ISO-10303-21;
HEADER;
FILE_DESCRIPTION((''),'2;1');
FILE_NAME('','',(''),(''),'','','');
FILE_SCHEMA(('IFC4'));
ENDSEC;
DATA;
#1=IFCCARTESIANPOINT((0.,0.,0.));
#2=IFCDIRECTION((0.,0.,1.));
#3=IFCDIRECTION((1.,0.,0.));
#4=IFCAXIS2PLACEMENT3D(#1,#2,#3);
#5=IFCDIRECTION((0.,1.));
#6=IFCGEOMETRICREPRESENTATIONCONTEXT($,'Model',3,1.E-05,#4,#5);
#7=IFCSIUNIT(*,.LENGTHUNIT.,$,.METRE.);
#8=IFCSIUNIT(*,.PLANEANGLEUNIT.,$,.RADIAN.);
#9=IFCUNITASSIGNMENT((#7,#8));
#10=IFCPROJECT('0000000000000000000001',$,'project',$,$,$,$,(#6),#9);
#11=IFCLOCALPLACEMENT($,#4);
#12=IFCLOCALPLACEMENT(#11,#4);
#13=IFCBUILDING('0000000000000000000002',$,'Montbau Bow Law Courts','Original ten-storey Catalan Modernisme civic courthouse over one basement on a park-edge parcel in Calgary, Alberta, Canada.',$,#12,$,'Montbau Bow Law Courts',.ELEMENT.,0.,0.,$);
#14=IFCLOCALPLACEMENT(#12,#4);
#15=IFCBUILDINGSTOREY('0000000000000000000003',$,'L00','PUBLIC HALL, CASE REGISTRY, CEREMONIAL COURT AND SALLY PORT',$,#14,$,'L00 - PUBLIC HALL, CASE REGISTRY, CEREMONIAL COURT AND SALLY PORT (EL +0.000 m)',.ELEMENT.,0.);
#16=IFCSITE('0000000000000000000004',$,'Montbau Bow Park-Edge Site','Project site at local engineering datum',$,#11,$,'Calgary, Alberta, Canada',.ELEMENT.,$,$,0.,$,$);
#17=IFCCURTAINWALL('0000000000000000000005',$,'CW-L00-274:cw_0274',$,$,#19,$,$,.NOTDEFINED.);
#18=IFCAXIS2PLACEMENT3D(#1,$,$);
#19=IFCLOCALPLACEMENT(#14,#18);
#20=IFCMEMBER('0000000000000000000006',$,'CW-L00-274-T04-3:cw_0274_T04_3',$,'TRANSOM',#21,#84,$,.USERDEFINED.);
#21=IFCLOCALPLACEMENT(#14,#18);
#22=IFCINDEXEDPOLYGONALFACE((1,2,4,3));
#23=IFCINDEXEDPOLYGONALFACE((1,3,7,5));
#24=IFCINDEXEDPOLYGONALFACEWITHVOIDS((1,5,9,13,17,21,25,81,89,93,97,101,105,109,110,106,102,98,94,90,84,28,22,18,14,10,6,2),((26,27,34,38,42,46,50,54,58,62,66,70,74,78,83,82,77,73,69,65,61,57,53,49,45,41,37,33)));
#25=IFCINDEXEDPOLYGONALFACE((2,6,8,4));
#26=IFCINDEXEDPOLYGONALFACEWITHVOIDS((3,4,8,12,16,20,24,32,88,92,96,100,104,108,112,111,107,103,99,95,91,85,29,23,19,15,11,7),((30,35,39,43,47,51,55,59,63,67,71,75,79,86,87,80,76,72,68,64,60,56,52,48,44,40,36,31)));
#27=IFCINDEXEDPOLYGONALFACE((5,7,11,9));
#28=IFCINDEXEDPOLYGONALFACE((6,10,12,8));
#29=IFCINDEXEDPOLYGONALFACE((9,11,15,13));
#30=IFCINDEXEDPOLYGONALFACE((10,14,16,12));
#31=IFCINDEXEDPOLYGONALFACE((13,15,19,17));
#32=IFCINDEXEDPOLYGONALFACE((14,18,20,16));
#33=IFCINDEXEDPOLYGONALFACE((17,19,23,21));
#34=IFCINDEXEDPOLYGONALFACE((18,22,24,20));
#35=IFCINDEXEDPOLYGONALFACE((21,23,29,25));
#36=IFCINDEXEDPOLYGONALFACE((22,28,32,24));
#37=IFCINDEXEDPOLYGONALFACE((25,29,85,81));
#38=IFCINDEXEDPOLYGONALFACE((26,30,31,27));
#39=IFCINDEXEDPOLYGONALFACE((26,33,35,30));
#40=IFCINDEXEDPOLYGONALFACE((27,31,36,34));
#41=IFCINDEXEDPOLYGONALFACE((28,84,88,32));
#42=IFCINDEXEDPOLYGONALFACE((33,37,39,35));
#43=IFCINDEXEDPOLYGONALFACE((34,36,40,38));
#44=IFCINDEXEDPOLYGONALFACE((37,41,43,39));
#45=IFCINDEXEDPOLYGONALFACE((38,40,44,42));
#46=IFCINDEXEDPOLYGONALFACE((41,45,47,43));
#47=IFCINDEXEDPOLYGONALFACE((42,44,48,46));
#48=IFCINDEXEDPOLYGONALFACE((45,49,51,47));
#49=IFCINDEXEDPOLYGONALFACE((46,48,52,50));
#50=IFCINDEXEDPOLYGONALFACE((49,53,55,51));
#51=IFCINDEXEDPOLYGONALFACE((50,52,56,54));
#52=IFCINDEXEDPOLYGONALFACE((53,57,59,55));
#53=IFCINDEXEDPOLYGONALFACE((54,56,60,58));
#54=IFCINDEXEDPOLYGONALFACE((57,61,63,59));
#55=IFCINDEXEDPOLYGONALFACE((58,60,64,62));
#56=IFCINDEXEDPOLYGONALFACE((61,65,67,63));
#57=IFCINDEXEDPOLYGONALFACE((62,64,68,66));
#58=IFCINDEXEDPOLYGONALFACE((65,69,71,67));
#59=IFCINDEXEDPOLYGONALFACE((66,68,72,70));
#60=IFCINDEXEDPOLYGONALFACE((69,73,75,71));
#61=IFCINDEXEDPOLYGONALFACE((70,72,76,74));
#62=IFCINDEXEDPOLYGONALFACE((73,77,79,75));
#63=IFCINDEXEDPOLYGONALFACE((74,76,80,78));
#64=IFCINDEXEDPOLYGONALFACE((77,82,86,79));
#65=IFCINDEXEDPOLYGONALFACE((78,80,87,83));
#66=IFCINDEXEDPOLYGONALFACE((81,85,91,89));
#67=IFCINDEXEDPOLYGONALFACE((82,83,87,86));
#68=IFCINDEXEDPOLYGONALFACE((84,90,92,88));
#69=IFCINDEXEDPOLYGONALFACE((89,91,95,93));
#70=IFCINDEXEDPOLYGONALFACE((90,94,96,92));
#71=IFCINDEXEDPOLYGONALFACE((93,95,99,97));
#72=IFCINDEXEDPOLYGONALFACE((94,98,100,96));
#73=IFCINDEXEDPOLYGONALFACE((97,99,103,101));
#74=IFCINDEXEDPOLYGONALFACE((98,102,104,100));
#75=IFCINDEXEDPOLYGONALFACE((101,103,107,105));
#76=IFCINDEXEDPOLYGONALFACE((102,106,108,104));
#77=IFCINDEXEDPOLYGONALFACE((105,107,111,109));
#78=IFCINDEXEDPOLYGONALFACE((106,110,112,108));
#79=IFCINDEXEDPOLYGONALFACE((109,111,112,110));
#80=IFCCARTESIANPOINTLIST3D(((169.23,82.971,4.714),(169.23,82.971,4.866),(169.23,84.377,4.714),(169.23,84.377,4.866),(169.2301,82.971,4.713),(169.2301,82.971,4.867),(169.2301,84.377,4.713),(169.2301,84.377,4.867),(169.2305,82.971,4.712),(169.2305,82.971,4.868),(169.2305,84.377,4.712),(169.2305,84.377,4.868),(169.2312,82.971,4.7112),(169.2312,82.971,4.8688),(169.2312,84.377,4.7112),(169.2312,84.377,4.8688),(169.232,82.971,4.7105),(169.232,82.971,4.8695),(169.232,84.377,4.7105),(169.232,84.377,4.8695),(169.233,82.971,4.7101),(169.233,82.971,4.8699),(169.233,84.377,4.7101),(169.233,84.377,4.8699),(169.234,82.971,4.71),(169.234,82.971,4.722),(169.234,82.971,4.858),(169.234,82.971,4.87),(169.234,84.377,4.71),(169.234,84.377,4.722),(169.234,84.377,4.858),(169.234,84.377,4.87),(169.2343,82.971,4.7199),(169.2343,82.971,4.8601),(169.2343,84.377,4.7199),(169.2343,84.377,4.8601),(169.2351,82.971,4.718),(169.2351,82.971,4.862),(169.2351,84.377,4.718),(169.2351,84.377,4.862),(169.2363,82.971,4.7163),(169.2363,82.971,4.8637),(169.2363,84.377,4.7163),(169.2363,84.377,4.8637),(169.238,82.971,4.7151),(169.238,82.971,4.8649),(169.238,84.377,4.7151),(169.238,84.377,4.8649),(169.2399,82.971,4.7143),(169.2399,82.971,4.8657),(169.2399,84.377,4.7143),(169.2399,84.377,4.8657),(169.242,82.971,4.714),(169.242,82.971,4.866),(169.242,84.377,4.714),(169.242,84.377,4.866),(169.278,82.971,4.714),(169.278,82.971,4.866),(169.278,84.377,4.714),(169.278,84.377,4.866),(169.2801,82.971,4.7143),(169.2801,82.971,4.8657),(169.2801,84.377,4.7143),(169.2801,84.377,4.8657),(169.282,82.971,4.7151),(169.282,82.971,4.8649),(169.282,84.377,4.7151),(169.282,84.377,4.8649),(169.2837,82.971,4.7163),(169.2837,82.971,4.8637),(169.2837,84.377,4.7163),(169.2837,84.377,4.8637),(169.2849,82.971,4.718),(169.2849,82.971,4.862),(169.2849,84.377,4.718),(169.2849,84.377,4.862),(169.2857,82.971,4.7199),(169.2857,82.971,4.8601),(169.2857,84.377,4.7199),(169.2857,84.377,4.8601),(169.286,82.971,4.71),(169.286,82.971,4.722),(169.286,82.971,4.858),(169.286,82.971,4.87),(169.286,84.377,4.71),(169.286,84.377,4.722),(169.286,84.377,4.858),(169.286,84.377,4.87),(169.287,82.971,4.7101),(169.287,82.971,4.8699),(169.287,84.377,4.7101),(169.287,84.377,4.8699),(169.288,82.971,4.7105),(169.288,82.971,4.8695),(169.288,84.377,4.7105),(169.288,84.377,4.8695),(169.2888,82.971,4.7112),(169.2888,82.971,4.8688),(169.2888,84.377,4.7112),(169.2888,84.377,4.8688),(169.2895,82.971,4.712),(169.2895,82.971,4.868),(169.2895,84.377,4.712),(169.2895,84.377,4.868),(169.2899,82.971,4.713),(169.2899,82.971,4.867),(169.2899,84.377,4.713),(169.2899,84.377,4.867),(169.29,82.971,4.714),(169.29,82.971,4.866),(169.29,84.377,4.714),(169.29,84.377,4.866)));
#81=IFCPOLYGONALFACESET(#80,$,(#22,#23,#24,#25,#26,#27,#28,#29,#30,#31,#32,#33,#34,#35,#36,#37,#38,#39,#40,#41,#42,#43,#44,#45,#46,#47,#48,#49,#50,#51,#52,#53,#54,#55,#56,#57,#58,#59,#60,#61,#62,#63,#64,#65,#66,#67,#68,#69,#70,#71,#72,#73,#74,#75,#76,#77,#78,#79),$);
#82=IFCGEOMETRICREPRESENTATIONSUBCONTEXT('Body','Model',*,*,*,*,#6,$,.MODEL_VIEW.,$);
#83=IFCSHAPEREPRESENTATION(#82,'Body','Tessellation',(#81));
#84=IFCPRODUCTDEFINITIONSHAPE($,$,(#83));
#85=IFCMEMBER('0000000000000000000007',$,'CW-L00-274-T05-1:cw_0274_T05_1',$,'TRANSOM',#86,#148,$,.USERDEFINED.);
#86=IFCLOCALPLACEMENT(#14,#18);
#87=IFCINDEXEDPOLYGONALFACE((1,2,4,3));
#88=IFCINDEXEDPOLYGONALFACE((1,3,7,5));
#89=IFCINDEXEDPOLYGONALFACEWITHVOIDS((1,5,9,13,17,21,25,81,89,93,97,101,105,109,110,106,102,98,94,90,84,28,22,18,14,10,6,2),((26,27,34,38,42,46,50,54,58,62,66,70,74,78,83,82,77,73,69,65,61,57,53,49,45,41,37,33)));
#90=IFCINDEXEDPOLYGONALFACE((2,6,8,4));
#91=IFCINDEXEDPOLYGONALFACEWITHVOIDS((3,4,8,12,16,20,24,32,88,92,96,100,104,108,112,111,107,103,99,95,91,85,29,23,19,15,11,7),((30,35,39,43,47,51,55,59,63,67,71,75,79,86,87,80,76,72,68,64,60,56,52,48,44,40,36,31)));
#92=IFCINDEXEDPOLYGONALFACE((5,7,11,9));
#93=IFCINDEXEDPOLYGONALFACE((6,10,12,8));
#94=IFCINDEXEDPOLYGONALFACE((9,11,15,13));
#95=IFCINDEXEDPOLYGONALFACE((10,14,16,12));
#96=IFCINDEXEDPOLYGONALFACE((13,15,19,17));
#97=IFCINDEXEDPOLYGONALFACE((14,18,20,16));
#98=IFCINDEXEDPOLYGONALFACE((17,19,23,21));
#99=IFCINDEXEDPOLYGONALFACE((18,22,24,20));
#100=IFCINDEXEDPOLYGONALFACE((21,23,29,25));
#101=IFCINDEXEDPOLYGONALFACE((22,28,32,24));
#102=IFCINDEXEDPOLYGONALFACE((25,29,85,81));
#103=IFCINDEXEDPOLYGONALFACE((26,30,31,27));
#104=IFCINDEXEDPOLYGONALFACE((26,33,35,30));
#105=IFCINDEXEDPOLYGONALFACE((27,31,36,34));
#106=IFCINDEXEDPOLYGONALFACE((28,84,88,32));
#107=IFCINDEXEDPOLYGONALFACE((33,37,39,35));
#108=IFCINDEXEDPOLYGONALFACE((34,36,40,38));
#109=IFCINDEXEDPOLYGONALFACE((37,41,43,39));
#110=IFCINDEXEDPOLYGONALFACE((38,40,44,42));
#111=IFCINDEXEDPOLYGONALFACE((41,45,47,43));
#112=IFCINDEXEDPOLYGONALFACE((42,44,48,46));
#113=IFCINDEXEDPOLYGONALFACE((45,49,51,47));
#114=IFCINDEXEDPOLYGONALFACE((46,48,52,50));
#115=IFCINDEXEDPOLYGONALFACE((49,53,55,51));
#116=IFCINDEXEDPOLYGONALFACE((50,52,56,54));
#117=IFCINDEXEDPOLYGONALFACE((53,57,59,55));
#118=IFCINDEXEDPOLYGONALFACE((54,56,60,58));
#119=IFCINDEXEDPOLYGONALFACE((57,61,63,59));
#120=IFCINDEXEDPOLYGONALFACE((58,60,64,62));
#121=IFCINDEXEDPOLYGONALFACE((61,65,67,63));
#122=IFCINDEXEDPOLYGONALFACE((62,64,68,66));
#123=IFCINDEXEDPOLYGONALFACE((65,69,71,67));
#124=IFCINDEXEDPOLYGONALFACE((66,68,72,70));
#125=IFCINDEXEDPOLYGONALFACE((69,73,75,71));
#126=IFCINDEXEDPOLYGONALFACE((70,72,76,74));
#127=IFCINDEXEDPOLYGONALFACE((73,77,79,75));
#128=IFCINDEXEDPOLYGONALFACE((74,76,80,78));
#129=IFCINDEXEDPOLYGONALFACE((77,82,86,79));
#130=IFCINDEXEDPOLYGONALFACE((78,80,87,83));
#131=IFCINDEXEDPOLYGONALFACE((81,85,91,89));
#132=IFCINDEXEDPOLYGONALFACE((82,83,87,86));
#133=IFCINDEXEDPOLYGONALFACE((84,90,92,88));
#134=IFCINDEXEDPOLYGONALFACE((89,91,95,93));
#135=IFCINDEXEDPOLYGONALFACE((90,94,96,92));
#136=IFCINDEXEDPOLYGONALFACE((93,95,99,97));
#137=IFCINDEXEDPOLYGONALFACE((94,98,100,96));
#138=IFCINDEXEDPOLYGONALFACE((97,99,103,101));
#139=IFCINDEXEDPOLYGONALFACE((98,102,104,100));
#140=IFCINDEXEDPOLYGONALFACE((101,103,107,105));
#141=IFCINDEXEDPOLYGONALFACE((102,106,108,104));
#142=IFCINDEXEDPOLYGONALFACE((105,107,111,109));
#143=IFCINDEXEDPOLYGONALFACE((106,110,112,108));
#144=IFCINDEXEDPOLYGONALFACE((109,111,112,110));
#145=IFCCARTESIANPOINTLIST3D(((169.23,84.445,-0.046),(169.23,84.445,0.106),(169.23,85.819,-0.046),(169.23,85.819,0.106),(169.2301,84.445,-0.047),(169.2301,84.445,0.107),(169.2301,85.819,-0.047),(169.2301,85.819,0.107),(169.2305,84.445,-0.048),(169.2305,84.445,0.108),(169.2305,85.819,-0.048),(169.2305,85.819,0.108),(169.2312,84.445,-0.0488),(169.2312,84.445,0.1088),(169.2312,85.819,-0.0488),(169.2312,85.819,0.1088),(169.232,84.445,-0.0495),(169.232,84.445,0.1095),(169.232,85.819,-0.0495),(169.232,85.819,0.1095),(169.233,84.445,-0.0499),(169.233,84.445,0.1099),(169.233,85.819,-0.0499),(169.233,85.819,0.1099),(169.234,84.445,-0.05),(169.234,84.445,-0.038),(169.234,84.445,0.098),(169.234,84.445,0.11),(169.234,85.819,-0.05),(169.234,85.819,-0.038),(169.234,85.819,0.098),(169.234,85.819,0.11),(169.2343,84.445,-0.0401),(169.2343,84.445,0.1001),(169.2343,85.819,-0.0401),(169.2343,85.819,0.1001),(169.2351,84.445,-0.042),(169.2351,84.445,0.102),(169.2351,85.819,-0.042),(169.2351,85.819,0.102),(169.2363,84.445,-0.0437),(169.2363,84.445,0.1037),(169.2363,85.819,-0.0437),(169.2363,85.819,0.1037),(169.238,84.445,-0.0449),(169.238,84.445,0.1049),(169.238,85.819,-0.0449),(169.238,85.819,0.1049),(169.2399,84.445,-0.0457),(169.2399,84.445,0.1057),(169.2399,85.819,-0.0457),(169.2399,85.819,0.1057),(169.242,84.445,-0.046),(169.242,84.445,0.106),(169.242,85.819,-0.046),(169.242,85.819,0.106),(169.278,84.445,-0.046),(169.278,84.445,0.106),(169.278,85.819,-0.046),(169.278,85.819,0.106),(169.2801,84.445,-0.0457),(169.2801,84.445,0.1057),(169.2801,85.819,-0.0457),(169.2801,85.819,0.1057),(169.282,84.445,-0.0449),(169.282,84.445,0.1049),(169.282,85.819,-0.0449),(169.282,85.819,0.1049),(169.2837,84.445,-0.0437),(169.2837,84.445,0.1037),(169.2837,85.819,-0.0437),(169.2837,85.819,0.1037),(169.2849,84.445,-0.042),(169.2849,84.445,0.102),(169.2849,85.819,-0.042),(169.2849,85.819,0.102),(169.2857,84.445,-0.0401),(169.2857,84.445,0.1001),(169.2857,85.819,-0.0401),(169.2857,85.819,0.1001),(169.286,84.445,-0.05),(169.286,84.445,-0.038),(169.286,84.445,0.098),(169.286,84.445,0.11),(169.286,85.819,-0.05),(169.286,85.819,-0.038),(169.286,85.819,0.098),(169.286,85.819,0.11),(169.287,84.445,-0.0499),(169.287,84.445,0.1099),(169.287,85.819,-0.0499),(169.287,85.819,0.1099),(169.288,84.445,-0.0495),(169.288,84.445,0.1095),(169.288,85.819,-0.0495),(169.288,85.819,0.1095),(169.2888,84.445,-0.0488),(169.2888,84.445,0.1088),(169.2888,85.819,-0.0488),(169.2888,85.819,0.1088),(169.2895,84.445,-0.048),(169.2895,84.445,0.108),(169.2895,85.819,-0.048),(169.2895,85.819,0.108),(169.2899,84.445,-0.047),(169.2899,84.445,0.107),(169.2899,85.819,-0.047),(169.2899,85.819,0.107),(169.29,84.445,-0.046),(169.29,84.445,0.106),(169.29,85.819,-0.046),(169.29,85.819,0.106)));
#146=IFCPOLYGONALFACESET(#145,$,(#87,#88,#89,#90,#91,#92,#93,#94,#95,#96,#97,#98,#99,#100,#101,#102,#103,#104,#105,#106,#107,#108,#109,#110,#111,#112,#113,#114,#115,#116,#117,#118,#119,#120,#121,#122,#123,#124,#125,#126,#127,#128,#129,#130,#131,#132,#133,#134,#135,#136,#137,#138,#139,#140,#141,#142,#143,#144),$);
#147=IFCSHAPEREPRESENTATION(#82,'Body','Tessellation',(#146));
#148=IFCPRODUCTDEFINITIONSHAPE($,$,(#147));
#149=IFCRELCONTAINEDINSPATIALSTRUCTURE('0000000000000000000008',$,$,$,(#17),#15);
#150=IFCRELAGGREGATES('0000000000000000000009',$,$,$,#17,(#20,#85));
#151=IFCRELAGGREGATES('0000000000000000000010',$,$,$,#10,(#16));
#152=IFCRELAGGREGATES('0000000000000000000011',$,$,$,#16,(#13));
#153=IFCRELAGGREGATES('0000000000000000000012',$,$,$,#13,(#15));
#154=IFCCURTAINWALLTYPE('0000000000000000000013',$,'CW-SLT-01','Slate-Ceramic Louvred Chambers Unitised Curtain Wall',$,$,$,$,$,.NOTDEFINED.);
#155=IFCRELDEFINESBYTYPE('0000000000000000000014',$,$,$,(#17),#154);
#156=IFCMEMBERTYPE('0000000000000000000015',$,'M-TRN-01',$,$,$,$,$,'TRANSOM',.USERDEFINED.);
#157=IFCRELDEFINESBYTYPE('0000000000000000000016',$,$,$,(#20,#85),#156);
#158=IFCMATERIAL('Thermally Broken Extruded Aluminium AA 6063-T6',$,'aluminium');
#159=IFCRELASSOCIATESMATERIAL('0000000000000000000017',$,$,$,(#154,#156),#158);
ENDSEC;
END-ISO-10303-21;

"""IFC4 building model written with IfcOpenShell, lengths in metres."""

from ifc_helpers import new_model, si_unit, direction, frame, origin_with_axes, origin_2d_with_axis, place, context, subcontext, project, spatial, hollow_rectangle, extrude, material, material_profile, profile_set, type_object, element, aggregate, save


model = new_model("IFC4")

# Units and contexts
model_context = context("Model", 3, precision=1e-05, world=origin_with_axes(), true_north=direction((0.0, 1.0)))
body_context = subcontext(model_context, "Body", "Model", "MODEL_VIEW")
ifc_project = project(units=[si_unit("LENGTHUNIT", "METRE"), si_unit("PLANEANGLEUNIT", "RADIAN")], contexts=[model_context])

# Site, building, storey
site_placement = place(None, origin_with_axes())
site = spatial("IfcSite", under=ifc_project, at=site_placement, Name="Montbau Bow Park-Edge Site", Description="Project site at local engineering datum", LongName="Calgary, Alberta, Canada", CompositionType="ELEMENT", RefElevation=0.0)
building_placement = place(site_placement, origin_with_axes())
building = spatial("IfcBuilding", under=site, at=building_placement, Name="Montbau Bow Law Courts", Description="Original ten-storey Catalan Modernisme civic courthouse over one basement on a park-edge parcel in Calgary, Alberta, Canada.", LongName="Montbau Bow Law Courts", CompositionType="ELEMENT", ElevationOfRefHeight=0.0, ElevationOfTerrain=0.0)
storey_placement = place(building_placement, origin_with_axes())
storey = spatial("IfcBuildingStorey", under=building, at=storey_placement, Name="L00", Description="PUBLIC HALL, CASE REGISTRY, CEREMONIAL COURT AND SALLY PORT", LongName="L00 - PUBLIC HALL, CASE REGISTRY, CEREMONIAL COURT AND SALLY PORT (EL +0.000 m)", CompositionType="ELEMENT", Elevation=0.0)

# Curtain wall, members
ifc_material_1 = material(Name="Thermally Broken Extruded Aluminium AA 6063-T6", Category="aluminium")
curtain_wall_type = type_object("IfcCurtainWallType", Name="CW-SLT-01", Description="Slate-Ceramic Louvred Chambers Unitised Curtain Wall", PredefinedType="NOTDEFINED", material=ifc_material_1)
curtain_wall_placement = place(None, frame((169.26, 78.515, 0.0), z_axis=(0.0, 0.0, 1.0), x_axis=(1.0, 0.0, 0.0)))
curtain_wall = element("IfcCurtainWall", 1, at=curtain_wall_placement, inside=storey, type_object=curtain_wall_type, Name="CW-L00-274:cw_0274", PredefinedType="NOTDEFINED")
ifc_material_profile_1 = material_profile(ifc_material_1, hollow_rectangle(XDim=0.06, YDim=0.16, WallThickness=0.004, InnerFilletRadius=0.008, OuterFilletRadius=0.004, at=origin_2d_with_axis()), Name="CWT-160X60", Category="Main", Priority=0)
ifc_profile_set_1 = profile_set([ifc_material_profile_1], Name="Thermally Broken Extruded Aluminium AA 6063-T6")
member_type_1 = type_object("IfcMemberType", Name="M-TRN-01", ElementType="TRANSOM", PredefinedType="USERDEFINED", material=ifc_profile_set_1)
member_1_placement = place(None, frame((169.26, 82.971, 4.79), z_axis=(0.0, 1.0, 0.0), x_axis=(-1.0, 0.0, 0.0)))
member_1 = element("IfcMember", 2, at=member_1_placement, type_object=member_type_1, Name="CW-L00-274-T04-3:cw_0274_T04_3", ObjectType="TRANSOM", PredefinedType="USERDEFINED", context=body_context, shape_type="SweptSolid", body=[
    extrude(hollow_rectangle(XDim=0.06, YDim=0.16, WallThickness=0.004, InnerFilletRadius=0.008, OuterFilletRadius=0.004, at=origin_2d_with_axis()), origin_with_axes(), (0.0, 0.0, 1.0), 1.406),
])
member_2_placement = place(None, frame((169.26, 84.445, 0.03), z_axis=(0.0, 1.0, 0.0), x_axis=(-1.0, 0.0, 0.0)))
member_2 = element("IfcMember", 3, at=member_2_placement, type_object=member_type_1, Name="CW-L00-274-T05-1:cw_0274_T05_1", ObjectType="TRANSOM", PredefinedType="USERDEFINED", context=body_context, shape_type="SweptSolid", body=[
    extrude(hollow_rectangle(XDim=0.06, YDim=0.16, WallThickness=0.004, InnerFilletRadius=0.008, OuterFilletRadius=0.004, at=origin_2d_with_axis()), origin_with_axes(), (0.0, 0.0, 1.0), 1.374),
])
aggregate(curtain_wall, [member_1, member_2])

save(model, "model.ifc")
